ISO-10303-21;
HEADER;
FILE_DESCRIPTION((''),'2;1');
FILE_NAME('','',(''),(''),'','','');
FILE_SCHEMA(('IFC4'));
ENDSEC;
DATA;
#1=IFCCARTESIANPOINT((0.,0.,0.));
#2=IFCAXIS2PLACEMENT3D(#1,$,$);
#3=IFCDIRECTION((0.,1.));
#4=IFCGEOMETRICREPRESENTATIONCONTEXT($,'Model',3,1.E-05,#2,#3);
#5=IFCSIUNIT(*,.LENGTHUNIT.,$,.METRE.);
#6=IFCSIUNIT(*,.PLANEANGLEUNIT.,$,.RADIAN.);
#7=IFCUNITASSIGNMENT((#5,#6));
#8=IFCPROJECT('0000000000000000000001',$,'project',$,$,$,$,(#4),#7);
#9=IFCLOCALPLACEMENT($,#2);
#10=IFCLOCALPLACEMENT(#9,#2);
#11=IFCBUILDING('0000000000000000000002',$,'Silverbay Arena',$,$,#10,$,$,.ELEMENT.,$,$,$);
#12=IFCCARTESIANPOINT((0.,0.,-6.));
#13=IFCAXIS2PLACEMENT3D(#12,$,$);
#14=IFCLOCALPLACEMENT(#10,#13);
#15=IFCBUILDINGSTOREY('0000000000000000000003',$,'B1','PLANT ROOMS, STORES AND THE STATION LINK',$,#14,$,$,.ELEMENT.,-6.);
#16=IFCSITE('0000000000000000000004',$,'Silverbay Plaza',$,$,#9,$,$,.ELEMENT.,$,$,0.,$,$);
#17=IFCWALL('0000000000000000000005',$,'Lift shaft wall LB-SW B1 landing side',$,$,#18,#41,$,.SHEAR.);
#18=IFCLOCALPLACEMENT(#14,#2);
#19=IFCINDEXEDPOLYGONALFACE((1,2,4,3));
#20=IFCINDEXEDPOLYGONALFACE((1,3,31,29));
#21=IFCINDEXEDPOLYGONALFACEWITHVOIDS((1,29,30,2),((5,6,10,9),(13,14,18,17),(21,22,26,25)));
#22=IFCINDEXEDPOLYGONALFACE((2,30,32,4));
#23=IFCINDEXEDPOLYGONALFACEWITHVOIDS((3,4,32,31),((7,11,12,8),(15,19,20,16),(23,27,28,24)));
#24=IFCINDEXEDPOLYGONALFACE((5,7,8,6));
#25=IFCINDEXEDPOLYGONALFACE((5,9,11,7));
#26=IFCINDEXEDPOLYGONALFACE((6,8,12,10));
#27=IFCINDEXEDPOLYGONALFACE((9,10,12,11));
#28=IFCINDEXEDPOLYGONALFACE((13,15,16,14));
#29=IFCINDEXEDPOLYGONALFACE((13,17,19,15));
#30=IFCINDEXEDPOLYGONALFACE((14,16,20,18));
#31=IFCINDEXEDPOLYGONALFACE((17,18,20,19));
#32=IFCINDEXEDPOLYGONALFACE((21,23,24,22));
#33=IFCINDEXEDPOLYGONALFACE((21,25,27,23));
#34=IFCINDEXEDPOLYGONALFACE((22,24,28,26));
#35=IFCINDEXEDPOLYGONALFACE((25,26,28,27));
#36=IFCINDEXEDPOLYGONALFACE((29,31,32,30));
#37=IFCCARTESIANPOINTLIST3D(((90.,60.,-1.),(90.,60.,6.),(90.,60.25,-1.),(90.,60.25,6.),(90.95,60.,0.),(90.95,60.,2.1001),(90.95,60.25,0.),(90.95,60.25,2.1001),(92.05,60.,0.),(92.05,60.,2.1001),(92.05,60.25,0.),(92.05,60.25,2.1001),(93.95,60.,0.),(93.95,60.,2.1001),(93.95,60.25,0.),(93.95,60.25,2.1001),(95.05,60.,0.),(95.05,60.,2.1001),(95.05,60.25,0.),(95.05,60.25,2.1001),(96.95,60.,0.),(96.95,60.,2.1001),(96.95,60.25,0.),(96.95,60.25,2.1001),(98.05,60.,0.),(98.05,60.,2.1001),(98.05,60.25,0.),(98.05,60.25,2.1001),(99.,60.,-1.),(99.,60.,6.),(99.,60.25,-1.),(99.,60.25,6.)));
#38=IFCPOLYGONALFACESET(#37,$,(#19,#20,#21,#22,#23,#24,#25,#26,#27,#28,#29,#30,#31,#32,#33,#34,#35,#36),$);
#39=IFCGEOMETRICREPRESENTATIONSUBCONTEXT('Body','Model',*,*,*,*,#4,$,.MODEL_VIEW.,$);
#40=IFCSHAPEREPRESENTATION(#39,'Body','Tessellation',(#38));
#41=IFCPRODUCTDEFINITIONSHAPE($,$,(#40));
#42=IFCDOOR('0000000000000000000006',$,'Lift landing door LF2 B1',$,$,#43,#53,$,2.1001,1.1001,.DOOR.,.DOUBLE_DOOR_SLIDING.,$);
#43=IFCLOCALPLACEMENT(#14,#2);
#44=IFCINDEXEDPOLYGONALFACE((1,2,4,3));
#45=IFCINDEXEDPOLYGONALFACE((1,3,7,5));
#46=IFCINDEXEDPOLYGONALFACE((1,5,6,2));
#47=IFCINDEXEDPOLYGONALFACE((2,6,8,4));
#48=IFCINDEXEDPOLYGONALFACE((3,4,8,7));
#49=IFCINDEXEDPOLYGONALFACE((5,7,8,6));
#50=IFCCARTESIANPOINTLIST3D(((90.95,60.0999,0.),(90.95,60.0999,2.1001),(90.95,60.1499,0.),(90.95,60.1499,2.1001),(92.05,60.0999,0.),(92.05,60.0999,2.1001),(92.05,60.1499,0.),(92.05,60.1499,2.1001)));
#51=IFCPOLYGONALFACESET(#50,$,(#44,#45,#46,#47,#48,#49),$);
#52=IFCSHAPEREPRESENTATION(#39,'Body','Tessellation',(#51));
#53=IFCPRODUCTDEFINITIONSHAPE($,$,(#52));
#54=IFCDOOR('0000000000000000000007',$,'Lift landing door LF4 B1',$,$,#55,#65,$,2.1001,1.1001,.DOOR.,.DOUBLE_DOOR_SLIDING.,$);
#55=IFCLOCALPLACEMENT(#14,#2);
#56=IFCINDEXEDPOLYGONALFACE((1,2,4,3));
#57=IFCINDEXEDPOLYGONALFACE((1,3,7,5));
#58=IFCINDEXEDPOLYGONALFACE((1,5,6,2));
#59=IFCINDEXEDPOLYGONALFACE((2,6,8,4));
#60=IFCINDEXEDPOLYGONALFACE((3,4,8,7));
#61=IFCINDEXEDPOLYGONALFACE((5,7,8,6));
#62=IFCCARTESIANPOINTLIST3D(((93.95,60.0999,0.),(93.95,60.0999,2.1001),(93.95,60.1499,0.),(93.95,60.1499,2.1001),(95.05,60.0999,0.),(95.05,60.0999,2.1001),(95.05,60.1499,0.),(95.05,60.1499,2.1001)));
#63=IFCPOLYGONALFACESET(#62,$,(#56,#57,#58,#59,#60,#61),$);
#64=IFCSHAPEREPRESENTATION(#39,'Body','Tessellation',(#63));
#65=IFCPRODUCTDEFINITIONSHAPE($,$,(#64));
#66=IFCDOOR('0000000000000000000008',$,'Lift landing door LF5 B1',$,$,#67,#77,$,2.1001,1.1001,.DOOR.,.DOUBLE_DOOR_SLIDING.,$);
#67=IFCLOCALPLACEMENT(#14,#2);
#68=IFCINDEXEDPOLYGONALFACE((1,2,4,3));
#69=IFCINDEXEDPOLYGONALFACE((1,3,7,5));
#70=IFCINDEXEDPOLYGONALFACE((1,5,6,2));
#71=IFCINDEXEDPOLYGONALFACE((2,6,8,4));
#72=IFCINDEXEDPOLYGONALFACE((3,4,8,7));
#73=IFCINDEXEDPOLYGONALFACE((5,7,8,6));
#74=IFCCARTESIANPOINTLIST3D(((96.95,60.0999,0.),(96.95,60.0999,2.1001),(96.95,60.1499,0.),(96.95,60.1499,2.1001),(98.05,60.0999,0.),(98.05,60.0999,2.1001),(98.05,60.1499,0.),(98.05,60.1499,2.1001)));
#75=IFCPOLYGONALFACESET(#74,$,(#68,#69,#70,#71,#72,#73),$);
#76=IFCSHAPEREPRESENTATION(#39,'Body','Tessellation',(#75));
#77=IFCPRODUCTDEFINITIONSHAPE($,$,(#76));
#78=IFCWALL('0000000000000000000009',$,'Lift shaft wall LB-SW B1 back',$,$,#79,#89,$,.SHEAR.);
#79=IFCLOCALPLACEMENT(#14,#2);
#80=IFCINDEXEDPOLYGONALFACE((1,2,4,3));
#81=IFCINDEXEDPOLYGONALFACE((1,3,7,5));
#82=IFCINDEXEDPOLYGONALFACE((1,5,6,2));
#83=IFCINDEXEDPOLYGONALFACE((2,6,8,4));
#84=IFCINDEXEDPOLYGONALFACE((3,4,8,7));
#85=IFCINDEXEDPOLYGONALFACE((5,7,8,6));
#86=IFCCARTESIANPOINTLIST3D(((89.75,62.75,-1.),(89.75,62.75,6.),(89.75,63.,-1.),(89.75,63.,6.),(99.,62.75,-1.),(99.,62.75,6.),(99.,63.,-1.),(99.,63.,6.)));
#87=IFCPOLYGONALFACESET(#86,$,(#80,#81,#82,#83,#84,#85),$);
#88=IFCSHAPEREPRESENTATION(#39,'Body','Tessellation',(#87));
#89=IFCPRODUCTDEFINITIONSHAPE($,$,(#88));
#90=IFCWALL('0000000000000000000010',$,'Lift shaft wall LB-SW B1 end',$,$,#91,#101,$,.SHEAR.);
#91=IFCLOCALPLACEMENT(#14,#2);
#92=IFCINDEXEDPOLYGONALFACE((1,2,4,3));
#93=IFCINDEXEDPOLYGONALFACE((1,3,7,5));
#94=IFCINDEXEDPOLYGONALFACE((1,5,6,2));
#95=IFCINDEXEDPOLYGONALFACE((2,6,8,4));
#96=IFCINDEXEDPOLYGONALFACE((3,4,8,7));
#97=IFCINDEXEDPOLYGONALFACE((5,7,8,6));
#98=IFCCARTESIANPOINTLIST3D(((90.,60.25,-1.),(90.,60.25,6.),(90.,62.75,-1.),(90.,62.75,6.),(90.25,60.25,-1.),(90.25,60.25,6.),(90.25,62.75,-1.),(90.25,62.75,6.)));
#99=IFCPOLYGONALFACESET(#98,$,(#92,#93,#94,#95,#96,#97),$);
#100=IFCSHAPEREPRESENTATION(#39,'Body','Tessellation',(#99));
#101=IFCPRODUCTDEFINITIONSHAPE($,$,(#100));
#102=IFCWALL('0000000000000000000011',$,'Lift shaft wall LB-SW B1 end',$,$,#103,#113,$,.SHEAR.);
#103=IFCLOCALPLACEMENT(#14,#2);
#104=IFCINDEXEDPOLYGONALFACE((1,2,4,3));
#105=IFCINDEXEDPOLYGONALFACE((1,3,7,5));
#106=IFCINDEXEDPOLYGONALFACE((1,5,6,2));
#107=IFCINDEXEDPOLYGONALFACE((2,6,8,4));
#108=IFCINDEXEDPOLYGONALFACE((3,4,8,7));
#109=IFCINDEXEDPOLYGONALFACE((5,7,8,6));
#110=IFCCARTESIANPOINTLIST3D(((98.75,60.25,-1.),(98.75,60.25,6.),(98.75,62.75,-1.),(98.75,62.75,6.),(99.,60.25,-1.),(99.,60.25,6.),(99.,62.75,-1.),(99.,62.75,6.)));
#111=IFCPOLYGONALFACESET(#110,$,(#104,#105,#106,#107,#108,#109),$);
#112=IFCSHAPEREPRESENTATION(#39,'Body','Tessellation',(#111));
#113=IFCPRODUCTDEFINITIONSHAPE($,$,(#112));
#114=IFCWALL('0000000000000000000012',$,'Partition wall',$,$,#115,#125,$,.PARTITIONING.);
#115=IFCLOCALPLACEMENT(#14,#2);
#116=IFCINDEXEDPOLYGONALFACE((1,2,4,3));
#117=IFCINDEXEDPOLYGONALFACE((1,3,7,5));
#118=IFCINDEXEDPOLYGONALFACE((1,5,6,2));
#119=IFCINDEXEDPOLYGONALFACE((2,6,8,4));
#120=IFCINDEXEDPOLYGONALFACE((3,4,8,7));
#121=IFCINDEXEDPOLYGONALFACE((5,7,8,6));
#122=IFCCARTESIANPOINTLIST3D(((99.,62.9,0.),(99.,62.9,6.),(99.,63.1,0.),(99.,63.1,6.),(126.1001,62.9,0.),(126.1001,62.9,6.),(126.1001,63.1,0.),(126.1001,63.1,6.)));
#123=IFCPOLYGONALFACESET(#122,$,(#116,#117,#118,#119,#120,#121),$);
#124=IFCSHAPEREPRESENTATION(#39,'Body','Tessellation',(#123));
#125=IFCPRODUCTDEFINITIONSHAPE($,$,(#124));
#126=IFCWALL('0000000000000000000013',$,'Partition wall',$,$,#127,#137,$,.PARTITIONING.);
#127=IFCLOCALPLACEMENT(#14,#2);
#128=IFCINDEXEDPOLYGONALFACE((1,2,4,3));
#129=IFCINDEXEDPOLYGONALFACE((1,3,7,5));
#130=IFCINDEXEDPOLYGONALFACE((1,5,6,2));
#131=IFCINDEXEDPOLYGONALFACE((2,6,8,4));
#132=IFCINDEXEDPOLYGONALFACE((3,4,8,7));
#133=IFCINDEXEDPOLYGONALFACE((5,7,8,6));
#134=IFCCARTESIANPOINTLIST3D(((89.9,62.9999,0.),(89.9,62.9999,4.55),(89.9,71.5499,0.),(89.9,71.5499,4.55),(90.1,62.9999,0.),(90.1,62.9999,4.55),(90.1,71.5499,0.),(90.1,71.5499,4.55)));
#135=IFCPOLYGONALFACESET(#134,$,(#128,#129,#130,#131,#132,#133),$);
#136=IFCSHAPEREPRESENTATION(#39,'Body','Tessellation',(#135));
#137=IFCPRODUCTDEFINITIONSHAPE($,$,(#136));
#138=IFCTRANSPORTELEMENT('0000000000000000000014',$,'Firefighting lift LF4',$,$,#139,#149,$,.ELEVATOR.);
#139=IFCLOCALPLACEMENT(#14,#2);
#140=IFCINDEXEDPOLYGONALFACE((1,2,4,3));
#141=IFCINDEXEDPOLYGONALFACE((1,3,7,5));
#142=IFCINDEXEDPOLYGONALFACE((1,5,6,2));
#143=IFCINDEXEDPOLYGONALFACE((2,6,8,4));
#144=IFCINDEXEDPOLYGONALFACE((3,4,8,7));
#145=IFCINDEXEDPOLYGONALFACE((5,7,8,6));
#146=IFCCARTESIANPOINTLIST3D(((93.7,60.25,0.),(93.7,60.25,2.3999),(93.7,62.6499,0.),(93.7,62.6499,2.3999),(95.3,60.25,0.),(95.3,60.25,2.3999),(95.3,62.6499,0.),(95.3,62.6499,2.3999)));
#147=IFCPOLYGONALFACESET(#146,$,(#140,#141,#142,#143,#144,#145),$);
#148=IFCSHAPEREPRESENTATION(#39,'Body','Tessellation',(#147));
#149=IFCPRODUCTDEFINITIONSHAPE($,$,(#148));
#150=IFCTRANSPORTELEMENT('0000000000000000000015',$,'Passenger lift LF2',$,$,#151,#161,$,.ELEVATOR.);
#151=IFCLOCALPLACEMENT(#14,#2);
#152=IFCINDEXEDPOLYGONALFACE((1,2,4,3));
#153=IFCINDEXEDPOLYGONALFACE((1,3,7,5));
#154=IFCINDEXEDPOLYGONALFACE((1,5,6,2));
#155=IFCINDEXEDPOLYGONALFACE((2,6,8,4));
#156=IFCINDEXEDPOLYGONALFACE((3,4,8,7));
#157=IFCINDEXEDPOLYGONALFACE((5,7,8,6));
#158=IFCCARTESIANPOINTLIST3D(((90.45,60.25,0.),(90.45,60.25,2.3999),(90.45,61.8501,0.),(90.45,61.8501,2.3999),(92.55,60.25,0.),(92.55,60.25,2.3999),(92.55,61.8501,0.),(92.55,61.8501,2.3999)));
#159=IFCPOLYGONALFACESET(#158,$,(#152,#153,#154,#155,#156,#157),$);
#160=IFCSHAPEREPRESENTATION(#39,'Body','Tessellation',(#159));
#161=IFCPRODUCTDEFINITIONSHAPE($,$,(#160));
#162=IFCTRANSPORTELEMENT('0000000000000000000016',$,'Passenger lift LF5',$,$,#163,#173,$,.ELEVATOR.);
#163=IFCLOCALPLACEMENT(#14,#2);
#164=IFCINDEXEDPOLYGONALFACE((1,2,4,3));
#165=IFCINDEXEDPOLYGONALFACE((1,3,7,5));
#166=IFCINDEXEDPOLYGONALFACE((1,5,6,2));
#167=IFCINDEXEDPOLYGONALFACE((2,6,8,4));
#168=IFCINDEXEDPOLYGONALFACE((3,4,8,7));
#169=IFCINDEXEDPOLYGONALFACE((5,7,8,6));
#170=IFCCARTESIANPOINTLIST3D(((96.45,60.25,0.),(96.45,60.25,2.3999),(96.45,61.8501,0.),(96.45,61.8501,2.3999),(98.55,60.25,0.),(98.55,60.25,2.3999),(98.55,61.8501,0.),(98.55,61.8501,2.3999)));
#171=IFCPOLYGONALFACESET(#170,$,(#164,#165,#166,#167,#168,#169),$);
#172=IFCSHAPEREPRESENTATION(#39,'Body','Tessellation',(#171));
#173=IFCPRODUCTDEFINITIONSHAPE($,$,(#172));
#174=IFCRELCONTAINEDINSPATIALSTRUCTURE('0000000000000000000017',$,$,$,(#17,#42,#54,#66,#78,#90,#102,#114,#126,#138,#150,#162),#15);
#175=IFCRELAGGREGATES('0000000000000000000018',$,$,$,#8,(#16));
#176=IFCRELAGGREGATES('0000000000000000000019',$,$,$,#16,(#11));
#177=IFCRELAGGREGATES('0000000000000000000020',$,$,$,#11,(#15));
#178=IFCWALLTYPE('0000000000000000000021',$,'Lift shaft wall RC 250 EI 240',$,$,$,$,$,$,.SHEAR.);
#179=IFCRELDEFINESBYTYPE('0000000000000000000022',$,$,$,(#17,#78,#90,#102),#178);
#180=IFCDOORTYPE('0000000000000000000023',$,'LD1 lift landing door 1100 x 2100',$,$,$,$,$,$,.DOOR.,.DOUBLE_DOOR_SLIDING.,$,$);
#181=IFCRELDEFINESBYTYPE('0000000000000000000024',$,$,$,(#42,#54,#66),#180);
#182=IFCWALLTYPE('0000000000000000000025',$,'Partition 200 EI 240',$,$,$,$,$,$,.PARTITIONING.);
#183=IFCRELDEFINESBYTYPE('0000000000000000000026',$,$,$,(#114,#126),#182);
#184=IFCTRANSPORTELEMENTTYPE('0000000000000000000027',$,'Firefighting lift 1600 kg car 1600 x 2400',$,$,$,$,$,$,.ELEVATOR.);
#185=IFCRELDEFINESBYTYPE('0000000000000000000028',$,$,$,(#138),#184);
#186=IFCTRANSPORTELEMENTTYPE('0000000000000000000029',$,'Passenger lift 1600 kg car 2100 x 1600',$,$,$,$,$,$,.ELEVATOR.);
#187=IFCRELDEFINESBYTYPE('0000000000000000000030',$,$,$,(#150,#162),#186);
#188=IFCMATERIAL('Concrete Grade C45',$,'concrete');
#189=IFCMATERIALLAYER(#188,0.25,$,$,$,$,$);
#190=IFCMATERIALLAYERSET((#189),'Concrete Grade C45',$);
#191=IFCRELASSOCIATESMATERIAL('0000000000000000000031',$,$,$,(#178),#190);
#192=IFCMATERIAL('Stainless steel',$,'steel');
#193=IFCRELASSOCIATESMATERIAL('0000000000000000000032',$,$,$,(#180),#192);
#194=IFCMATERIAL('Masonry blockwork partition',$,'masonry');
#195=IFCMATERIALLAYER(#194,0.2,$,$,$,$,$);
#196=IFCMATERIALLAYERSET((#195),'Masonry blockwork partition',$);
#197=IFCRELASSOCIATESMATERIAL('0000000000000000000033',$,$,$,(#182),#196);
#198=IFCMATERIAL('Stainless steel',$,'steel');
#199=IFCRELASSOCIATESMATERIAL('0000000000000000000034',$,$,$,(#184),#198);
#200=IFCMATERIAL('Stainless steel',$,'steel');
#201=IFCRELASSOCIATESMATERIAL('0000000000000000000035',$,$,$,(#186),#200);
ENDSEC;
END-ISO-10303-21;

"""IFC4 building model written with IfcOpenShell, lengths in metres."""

from ifc_helpers import new_model, si_unit, direction, frame, frame_2d, origin, origin_2d, place, context, subcontext, project, spatial, rectangle, extrude, material, layer, layer_set, type_object, element, fill, save


model = new_model("IFC4")

# Units and contexts
model_context = context("Model", 3, precision=1e-05, world=origin(), true_north=direction((0.0, 1.0)))
body_context = subcontext(model_context, "Body", "Model", "MODEL_VIEW")
ifc_project = project(units=[si_unit("LENGTHUNIT", "METRE"), si_unit("PLANEANGLEUNIT", "RADIAN")], contexts=[model_context])

# Site, building, storey
site_placement = place(None, origin())
site = spatial("IfcSite", under=ifc_project, at=site_placement, Name="Silverbay Plaza", CompositionType="ELEMENT", RefElevation=0.0)
building_placement = place(site_placement, origin())
building = spatial("IfcBuilding", under=site, at=building_placement, Name="Silverbay Arena", CompositionType="ELEMENT")
storey_placement = place(building_placement, frame((0.0, 0.0, -6.0)))
storey = spatial("IfcBuildingStorey", under=building, at=storey_placement, Name="B1", Description="PLANT ROOMS, STORES AND THE STATION LINK", CompositionType="ELEMENT", Elevation=-6.0)

# Wall, openings, doors
ifc_material_1 = material(Name="Concrete Grade C45", Category="concrete")
ifc_layer_1 = layer(ifc_material_1, 0.25)
ifc_layer_set_1 = layer_set([ifc_layer_1], Name="Concrete Grade C45")
wall_type_1 = type_object("IfcWallType", Name="Lift shaft wall RC 250 EI 240", PredefinedType="SHEAR", material=ifc_layer_set_1)
wall_1_placement = place(storey_placement, frame((90.0, 60.125, -1.0), z_axis=(0.0, 0.0, 1.0), x_axis=(1.0, 0.0, 0.0)))
wall_1 = element("IfcWall", 1, at=wall_1_placement, inside=storey, type_object=wall_type_1, Name="Lift shaft wall LB-SW B1 landing side", PredefinedType="SHEAR", context=body_context, shape_type="SweptSolid", body=[
    extrude(rectangle(XDim=9.0, YDim=0.25, at=frame_2d((4.5, 0.0))), origin(), (0.0, 0.0, 1.0), 7.0),
])
opening_1_placement = place(wall_1_placement, frame((0.95, 0.0, 1.0)))
opening_1 = element("IfcOpeningElement", 2, at=opening_1_placement, cuts=wall_1, PredefinedType="OPENING", context=body_context, shape_type="SweptSolid", body=[
    extrude(rectangle(XDim=1.1001, YDim=2.1001, at=frame_2d((0.55, 1.05))), frame((0.0, 0.135, 0.0), z_axis=(0.0, -1.0, 0.0), x_axis=(1.0, 0.0, 0.0)), (0.0, 0.0, 1.0), 0.27),
])
opening_2_placement = place(wall_1_placement, frame((3.95, 0.0, 1.0)))
opening_2 = element("IfcOpeningElement", 3, at=opening_2_placement, cuts=wall_1, PredefinedType="OPENING", context=body_context, shape_type="SweptSolid", body=[
    extrude(rectangle(XDim=1.1001, YDim=2.1001, at=frame_2d((0.55, 1.05))), frame((0.0, 0.135, 0.0), z_axis=(0.0, -1.0, 0.0), x_axis=(1.0, 0.0, 0.0)), (0.0, 0.0, 1.0), 0.27),
])
opening_3_placement = place(wall_1_placement, frame((6.95, 0.0, 1.0)))
opening_3 = element("IfcOpeningElement", 4, at=opening_3_placement, cuts=wall_1, PredefinedType="OPENING", context=body_context, shape_type="SweptSolid", body=[
    extrude(rectangle(XDim=1.1001, YDim=2.1001, at=frame_2d((0.55, 1.05))), frame((0.0, 0.135, 0.0), z_axis=(0.0, -1.0, 0.0), x_axis=(1.0, 0.0, 0.0)), (0.0, 0.0, 1.0), 0.27),
])
ifc_material_2 = material(Name="Stainless steel", Category="steel")
door_type = type_object("IfcDoorType", Name="LD1 lift landing door 1100 x 2100", OperationType="DOUBLE_DOOR_SLIDING", PredefinedType="DOOR", material=ifc_material_2)
door_1_placement = place(opening_1_placement, origin())
door_1 = element("IfcDoor", 5, at=door_1_placement, inside=storey, type_object=door_type, Name="Lift landing door LF2 B1", OperationType="DOUBLE_DOOR_SLIDING", OverallHeight=2.1001, OverallWidth=1.1001, PredefinedType="DOOR", context=body_context, shape_type="SweptSolid", body=[
    extrude(rectangle(XDim=1.1001, YDim=2.1001, at=frame_2d((0.55, 1.05))), frame((0.0, 0.0249, 0.0), z_axis=(0.0, -1.0, 0.0), x_axis=(1.0, 0.0, 0.0)), (0.0, 0.0, 1.0), 0.05),
])
fill(opening_1, door_1)
door_2_placement = place(opening_2_placement, origin())
door_2 = element("IfcDoor", 6, at=door_2_placement, inside=storey, type_object=door_type, Name="Lift landing door LF4 B1", OperationType="DOUBLE_DOOR_SLIDING", OverallHeight=2.1001, OverallWidth=1.1001, PredefinedType="DOOR", context=body_context, shape_type="SweptSolid", body=[
    extrude(rectangle(XDim=1.1001, YDim=2.1001, at=frame_2d((0.55, 1.05))), frame((0.0, 0.0249, 0.0), z_axis=(0.0, -1.0, 0.0), x_axis=(1.0, 0.0, 0.0)), (0.0, 0.0, 1.0), 0.05),
])
fill(opening_2, door_2)
door_3_placement = place(opening_3_placement, origin())
door_3 = element("IfcDoor", 7, at=door_3_placement, inside=storey, type_object=door_type, Name="Lift landing door LF5 B1", OperationType="DOUBLE_DOOR_SLIDING", OverallHeight=2.1001, OverallWidth=1.1001, PredefinedType="DOOR", context=body_context, shape_type="SweptSolid", body=[
    extrude(rectangle(XDim=1.1001, YDim=2.1001, at=frame_2d((0.55, 1.05))), frame((0.0, 0.0249, 0.0), z_axis=(0.0, -1.0, 0.0), x_axis=(1.0, 0.0, 0.0)), (0.0, 0.0, 1.0), 0.05),
])
fill(opening_3, door_3)

# Walls
wall_2_placement = place(storey_placement, frame((89.75, 62.875, -1.0), z_axis=(0.0, 0.0, 1.0), x_axis=(1.0, 0.0, 0.0)))
element("IfcWall", 8, at=wall_2_placement, inside=storey, type_object=wall_type_1, Name="Lift shaft wall LB-SW B1 back", PredefinedType="SHEAR", context=body_context, shape_type="SweptSolid", body=[
    extrude(rectangle(XDim=9.25, YDim=0.25, at=frame_2d((4.625, 0.0))), origin(), (0.0, 0.0, 1.0), 7.0),
])
for number, where, z_axis, x_axis, name in (
    (9, (90.125, 60.25, -1.0), (0.0, 0.0, 1.0), (0.0, 1.0, 0.0), "Lift shaft wall LB-SW B1 end"),
    (10, (98.875, 60.25, -1.0), (0.0, 0.0, 1.0), (0.0, 1.0, 0.0), "Lift shaft wall LB-SW B1 end"),
):
    element("IfcWall", number, at=place(storey_placement, frame(where, z_axis=z_axis, x_axis=x_axis)), inside=storey, type_object=wall_type_1, Name=name, PredefinedType="SHEAR", context=body_context, shape_type="SweptSolid", body=[
        extrude(rectangle(XDim=2.5, YDim=0.25, at=frame_2d((1.25, 0.0))), origin(), (0.0, 0.0, 1.0), 7.0),
    ])
ifc_material_3 = material(Name="Masonry blockwork partition", Category="masonry")
ifc_layer_2 = layer(ifc_material_3, 0.2)
ifc_layer_set_2 = layer_set([ifc_layer_2], Name="Masonry blockwork partition")
wall_type_2 = type_object("IfcWallType", Name="Partition 200 EI 240", PredefinedType="PARTITIONING", material=ifc_layer_set_2)
wall_3_placement = place(storey_placement, frame((99.0, 63.0, 0.0), z_axis=(0.0, 0.0, 1.0), x_axis=(1.0, 0.0, 0.0)))
element("IfcWall", 11, at=wall_3_placement, inside=storey, type_object=wall_type_2, Name="Partition wall", PredefinedType="PARTITIONING", context=body_context, shape_type="SweptSolid", body=[
    extrude(rectangle(XDim=27.1001, YDim=0.2, at=frame_2d((13.55, 0.0))), origin(), (0.0, 0.0, 1.0), 6.0),
])
wall_4_placement = place(storey_placement, frame((90.0, 63.0, 0.0), z_axis=(0.0, 0.0, 1.0), x_axis=(0.0, 1.0, 0.0)))
element("IfcWall", 12, at=wall_4_placement, inside=storey, type_object=wall_type_2, Name="Partition wall", PredefinedType="PARTITIONING", context=body_context, shape_type="SweptSolid", body=[
    extrude(rectangle(XDim=8.55, YDim=0.2, at=frame_2d((4.2749, 0.0))), origin(), (0.0, 0.0, 1.0), 4.55),
])

# Transport elements
ifc_material_4 = material(Name="Stainless steel", Category="steel")
transport_element_type_1 = type_object("IfcTransportElementType", Name="Firefighting lift 1600 kg car 1600 x 2400", PredefinedType="ELEVATOR", material=ifc_material_4)
transport_element_placement = place(storey_placement, frame((94.5, 61.45, 0.0), z_axis=(0.0, 0.0, 1.0), x_axis=(1.0, 0.0, 0.0)))
element("IfcTransportElement", 13, at=transport_element_placement, inside=storey, type_object=transport_element_type_1, Name="Firefighting lift LF4", PredefinedType="ELEVATOR", context=body_context, shape_type="SweptSolid", body=[
    extrude(rectangle(XDim=1.6001, YDim=2.3999, at=origin_2d()), origin(), (0.0, 0.0, 1.0), 2.3999),
])
ifc_material_5 = material(Name="Stainless steel", Category="steel")
transport_element_type_2 = type_object("IfcTransportElementType", Name="Passenger lift 1600 kg car 2100 x 1600", PredefinedType="ELEVATOR", material=ifc_material_5)
for number, where, z_axis, x_axis, name in (
    (14, (91.5, 61.05, 0.0), (0.0, 0.0, 1.0), (1.0, 0.0, 0.0), "Passenger lift LF2"),
    (15, (97.5, 61.05, 0.0), (0.0, 0.0, 1.0), (1.0, 0.0, 0.0), "Passenger lift LF5"),
):
    element("IfcTransportElement", number, at=place(storey_placement, frame(where, z_axis=z_axis, x_axis=x_axis)), inside=storey, type_object=transport_element_type_2, Name=name, PredefinedType="ELEVATOR", context=body_context, shape_type="SweptSolid", body=[
        extrude(rectangle(XDim=2.1001, YDim=1.6001, at=origin_2d()), origin(), (0.0, 0.0, 1.0), 2.3999),
    ])

save(model, "model.ifc")
